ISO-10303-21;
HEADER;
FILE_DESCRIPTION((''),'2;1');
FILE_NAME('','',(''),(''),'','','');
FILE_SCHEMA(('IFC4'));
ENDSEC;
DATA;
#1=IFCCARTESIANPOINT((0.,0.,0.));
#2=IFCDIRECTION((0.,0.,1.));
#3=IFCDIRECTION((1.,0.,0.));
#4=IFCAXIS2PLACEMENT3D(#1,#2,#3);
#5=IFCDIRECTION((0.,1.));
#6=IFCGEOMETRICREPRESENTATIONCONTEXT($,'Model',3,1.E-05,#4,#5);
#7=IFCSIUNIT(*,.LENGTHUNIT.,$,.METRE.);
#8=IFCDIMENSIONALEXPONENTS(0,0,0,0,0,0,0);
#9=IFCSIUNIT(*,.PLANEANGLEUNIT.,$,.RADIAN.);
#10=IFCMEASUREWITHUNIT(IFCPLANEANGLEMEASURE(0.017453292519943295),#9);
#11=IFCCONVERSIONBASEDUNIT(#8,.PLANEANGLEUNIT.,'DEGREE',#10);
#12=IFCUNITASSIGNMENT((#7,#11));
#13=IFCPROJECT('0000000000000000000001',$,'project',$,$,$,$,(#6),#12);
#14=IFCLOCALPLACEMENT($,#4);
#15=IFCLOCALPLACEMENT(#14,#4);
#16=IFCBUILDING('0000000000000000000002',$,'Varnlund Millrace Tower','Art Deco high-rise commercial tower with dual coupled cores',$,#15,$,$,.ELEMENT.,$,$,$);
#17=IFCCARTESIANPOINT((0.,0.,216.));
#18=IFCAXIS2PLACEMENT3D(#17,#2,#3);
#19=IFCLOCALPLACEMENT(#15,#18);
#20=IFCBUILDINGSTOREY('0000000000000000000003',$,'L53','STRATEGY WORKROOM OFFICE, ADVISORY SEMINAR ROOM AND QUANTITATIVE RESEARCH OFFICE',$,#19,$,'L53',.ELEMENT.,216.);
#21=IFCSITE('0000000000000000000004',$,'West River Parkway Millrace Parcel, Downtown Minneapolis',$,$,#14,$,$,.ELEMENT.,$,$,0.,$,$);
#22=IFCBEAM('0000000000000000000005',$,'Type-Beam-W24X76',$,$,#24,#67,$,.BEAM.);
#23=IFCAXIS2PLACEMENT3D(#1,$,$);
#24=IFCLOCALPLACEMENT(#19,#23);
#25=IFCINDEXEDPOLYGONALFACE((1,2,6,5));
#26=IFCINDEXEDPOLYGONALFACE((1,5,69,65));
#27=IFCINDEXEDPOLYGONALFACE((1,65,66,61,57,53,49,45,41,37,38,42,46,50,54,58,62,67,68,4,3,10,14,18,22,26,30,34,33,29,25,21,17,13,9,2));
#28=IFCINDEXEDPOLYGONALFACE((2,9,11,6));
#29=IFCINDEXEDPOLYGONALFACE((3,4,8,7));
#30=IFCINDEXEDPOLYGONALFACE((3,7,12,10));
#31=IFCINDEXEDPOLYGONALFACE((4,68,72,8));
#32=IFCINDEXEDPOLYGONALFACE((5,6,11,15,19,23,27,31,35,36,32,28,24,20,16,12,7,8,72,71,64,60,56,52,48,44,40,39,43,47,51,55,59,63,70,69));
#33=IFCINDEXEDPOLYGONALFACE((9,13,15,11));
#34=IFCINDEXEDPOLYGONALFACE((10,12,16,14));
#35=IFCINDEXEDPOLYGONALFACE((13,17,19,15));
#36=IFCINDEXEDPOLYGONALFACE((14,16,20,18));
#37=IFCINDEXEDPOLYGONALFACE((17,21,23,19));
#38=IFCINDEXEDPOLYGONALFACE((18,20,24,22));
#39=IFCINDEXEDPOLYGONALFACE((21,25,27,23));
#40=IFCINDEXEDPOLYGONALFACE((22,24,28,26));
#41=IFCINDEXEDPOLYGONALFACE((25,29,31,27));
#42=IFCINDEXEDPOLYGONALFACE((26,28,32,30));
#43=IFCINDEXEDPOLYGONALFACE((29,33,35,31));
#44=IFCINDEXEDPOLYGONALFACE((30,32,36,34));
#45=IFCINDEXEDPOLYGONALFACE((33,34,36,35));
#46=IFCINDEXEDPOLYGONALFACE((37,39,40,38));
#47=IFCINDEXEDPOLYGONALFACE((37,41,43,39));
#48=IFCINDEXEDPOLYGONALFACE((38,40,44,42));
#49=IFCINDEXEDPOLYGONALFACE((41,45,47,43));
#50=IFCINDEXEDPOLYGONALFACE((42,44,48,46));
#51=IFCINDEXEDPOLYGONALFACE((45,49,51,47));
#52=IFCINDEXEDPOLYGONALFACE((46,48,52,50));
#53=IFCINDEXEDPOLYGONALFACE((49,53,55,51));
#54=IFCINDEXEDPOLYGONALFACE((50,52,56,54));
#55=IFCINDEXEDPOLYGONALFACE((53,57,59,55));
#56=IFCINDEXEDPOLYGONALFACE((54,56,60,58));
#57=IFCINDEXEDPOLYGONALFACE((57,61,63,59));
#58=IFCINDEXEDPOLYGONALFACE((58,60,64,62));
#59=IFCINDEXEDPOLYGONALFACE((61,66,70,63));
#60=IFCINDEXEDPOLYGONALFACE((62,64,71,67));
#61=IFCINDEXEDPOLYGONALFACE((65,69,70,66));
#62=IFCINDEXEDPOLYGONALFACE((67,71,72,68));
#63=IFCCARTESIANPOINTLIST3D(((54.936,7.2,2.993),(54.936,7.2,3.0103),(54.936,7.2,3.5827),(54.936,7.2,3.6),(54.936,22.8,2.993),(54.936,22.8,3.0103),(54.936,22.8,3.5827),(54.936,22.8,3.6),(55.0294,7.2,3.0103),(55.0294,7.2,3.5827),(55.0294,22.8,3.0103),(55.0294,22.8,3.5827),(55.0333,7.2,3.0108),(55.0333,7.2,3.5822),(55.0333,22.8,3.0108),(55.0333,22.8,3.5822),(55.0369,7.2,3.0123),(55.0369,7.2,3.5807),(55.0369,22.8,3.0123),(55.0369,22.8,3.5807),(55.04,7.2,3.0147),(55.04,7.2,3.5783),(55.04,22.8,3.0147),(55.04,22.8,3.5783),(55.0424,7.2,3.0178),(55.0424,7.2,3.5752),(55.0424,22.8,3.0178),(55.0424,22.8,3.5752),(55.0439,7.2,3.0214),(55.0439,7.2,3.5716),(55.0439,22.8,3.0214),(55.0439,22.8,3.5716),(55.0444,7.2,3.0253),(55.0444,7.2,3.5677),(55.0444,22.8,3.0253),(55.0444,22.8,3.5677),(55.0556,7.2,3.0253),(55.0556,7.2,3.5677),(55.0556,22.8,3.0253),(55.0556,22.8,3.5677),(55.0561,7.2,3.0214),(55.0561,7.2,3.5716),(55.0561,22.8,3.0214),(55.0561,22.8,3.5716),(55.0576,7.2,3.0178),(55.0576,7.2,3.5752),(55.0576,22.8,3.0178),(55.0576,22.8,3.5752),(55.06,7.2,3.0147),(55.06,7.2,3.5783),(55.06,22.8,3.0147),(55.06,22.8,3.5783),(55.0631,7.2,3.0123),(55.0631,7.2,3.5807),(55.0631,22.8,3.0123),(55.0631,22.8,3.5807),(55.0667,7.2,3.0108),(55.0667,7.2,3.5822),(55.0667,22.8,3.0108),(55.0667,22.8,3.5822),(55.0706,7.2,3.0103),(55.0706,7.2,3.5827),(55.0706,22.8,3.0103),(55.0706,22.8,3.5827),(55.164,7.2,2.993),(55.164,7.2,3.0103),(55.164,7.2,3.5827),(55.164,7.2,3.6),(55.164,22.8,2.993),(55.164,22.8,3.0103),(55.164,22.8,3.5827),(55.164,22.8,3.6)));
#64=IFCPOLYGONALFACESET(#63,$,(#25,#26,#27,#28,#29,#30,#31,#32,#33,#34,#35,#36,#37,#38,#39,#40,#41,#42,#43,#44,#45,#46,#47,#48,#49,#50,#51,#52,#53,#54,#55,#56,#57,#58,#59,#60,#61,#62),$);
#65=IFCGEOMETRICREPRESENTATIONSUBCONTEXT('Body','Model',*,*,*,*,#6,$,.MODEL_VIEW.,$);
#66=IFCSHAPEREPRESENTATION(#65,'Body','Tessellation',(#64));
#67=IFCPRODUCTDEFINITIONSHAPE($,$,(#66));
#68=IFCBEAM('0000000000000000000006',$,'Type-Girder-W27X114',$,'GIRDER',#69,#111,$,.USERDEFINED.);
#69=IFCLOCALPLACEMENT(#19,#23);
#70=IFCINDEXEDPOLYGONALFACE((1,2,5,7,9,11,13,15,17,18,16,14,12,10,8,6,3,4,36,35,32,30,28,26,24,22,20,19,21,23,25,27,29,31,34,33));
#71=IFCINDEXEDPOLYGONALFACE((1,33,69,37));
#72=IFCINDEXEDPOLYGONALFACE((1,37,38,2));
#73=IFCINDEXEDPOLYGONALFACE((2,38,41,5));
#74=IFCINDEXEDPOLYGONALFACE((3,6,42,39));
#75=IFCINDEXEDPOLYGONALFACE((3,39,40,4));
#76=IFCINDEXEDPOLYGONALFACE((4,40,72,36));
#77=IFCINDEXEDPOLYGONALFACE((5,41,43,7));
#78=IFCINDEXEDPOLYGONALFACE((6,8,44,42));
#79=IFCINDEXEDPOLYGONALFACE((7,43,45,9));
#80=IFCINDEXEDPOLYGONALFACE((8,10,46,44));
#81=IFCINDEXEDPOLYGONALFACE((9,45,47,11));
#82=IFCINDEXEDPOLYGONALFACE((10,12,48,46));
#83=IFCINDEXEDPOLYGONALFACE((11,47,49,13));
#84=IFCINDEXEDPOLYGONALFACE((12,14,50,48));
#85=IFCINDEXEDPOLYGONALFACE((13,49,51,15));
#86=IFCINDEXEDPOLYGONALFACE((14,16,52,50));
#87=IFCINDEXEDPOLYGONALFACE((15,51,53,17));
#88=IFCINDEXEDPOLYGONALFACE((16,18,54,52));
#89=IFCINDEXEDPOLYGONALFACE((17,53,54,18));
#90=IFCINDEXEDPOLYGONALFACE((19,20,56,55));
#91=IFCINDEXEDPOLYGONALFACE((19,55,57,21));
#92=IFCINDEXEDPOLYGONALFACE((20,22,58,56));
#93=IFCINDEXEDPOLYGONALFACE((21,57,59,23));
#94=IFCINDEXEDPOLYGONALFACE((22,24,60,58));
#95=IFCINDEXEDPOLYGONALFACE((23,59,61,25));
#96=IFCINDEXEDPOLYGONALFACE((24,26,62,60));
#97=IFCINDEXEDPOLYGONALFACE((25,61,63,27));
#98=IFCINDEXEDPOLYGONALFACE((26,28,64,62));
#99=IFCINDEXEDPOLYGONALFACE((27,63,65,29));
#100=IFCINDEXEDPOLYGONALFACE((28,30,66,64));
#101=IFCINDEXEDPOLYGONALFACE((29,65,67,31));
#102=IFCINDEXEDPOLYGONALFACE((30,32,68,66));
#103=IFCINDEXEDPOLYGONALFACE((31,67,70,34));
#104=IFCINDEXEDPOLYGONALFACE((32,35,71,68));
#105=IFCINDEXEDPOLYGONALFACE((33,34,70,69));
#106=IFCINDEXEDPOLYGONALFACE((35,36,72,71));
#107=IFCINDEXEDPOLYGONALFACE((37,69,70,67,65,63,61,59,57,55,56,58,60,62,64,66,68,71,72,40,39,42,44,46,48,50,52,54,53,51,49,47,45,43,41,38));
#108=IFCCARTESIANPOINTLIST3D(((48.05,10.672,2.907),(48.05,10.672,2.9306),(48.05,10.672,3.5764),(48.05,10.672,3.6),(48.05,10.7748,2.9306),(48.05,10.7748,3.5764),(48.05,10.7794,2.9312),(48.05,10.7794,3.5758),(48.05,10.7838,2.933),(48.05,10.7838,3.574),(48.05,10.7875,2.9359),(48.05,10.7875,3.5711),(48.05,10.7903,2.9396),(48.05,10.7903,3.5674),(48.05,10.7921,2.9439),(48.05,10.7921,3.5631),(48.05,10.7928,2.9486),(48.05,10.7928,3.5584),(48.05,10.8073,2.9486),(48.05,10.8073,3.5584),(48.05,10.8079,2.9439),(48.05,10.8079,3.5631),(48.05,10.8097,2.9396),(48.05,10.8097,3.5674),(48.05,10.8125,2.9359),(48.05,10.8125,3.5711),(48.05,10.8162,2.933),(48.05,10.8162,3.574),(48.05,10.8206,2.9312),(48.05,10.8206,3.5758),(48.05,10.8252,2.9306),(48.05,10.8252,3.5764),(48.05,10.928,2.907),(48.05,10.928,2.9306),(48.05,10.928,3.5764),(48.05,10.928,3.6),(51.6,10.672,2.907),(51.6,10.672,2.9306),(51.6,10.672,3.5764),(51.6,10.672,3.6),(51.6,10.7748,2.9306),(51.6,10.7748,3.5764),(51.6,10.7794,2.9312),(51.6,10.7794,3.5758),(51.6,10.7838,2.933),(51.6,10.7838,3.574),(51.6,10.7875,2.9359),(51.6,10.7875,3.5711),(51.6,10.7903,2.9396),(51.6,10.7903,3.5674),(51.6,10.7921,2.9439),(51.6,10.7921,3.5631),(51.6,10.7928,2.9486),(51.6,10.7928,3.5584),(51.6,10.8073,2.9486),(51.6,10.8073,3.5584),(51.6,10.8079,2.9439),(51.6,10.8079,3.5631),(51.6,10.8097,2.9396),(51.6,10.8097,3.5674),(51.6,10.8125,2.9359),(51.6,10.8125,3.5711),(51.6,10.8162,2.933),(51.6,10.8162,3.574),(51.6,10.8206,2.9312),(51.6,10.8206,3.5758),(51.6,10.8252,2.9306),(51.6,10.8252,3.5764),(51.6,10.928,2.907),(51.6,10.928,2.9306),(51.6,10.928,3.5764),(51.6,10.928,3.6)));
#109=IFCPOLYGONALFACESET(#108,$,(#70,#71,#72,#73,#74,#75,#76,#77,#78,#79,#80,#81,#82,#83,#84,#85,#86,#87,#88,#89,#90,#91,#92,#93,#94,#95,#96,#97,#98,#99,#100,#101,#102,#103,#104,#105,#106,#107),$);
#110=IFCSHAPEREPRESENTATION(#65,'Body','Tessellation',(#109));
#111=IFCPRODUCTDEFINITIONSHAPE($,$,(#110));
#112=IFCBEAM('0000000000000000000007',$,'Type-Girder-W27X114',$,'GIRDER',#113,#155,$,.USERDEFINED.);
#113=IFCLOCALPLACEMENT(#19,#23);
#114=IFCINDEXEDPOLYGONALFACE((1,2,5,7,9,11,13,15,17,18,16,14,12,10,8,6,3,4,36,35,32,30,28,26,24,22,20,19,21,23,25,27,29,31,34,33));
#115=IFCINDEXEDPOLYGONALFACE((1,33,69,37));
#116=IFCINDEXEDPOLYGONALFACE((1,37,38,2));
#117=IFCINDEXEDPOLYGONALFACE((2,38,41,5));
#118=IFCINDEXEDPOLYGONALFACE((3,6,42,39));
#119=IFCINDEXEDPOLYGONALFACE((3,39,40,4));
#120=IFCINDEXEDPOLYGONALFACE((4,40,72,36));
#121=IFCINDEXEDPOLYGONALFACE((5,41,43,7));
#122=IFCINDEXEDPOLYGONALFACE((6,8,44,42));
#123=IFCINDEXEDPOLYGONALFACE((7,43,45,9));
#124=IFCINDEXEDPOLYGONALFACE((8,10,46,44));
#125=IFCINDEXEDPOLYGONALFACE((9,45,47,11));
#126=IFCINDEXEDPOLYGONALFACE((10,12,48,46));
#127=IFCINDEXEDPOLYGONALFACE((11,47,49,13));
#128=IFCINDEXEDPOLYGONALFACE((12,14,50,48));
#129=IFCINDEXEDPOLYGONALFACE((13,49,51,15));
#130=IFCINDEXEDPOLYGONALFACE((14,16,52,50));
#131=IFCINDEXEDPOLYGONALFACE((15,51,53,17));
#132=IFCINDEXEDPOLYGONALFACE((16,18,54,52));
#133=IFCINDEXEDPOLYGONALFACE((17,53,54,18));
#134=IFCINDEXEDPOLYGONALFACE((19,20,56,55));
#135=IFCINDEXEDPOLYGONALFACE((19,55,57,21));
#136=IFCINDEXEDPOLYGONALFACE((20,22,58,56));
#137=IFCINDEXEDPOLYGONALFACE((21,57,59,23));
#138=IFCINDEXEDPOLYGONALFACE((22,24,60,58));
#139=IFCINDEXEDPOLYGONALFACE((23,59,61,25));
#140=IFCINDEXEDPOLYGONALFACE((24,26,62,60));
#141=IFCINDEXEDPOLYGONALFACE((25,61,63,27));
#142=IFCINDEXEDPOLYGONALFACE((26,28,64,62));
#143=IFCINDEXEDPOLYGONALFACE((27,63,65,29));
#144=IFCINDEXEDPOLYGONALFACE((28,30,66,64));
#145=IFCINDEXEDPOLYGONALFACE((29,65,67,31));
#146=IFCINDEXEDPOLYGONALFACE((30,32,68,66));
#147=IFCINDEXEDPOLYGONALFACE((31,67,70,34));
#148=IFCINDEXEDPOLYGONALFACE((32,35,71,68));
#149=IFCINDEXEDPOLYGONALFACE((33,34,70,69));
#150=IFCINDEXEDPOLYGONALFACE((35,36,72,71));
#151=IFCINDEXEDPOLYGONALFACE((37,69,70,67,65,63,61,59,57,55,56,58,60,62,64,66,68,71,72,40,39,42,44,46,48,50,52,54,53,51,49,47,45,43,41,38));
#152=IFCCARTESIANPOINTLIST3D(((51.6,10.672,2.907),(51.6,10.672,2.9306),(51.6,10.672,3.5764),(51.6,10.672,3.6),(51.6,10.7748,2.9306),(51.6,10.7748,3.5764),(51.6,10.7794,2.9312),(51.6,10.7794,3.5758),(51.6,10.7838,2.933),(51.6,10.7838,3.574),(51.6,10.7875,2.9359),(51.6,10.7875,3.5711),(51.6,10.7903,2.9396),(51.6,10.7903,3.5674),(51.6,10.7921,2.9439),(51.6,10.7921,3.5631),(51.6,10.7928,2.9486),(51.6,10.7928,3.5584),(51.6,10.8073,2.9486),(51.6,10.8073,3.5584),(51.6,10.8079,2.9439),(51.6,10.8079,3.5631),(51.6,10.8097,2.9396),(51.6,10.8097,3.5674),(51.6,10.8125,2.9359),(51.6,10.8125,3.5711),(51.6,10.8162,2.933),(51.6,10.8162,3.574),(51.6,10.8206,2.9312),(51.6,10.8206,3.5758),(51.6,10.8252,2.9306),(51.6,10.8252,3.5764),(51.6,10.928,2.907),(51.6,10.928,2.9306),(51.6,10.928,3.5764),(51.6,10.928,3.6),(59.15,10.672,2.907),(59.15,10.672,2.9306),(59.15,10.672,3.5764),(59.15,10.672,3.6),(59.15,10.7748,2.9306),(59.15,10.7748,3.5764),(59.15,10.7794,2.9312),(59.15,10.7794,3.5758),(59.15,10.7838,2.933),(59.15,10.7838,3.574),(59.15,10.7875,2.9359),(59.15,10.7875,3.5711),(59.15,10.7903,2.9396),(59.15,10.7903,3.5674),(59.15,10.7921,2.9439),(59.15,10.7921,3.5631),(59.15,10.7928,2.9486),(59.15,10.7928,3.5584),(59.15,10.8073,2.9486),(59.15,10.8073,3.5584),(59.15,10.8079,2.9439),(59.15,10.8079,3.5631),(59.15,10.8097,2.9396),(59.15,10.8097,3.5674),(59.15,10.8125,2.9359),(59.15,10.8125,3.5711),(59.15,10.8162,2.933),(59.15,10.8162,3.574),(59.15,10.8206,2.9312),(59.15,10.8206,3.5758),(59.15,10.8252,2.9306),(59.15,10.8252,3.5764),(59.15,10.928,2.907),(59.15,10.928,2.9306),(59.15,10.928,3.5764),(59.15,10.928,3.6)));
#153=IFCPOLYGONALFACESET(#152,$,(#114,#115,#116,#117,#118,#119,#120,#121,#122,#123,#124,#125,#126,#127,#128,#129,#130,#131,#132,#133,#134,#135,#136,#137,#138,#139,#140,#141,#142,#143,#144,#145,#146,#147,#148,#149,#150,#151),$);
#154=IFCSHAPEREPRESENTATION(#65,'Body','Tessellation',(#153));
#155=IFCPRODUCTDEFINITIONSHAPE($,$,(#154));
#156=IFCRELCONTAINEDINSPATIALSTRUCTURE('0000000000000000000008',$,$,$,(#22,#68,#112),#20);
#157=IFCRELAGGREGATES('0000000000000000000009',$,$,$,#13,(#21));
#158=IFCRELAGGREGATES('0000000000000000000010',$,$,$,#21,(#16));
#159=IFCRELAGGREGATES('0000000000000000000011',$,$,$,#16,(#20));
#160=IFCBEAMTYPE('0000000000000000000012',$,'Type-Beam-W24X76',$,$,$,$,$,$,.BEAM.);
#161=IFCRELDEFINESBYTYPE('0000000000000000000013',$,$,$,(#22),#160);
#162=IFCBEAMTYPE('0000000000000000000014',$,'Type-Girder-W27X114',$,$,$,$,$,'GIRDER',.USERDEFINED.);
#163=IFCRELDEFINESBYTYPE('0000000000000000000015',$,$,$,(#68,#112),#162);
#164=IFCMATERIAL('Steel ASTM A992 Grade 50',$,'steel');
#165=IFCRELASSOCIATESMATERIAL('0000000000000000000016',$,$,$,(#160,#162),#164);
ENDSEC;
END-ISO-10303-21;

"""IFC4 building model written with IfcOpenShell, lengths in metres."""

from ifc_helpers import new_model, entity, si_unit, converted_unit, direction, frame, origin_with_axes, origin_2d_with_axis, place, context, subcontext, project, spatial, i_section, extrude, material, material_profile, profile_set, type_object, element, save


model = new_model("IFC4")

# Units and contexts
model_context = context("Model", 3, precision=1e-05, world=origin_with_axes(), true_north=direction((0.0, 1.0)))
body_context = subcontext(model_context, "Body", "Model", "MODEL_VIEW")
ifc_project = project(units=[si_unit("LENGTHUNIT", "METRE"), converted_unit("PLANEANGLEUNIT", "DEGREE", entity("IfcPlaneAngleMeasure", 0.017453292519943295), si_unit("PLANEANGLEUNIT", "RADIAN"), dimensions=[0, 0, 0, 0, 0, 0, 0])], contexts=[model_context])

# Site, building, storey
site_placement = place(None, origin_with_axes())
site = spatial("IfcSite", under=ifc_project, at=site_placement, Name="West River Parkway Millrace Parcel, Downtown Minneapolis", CompositionType="ELEMENT", RefElevation=0.0)
building_placement = place(site_placement, origin_with_axes())
building = spatial("IfcBuilding", under=site, at=building_placement, Name="Varnlund Millrace Tower", Description="Art Deco high-rise commercial tower with dual coupled cores", CompositionType="ELEMENT")
storey_placement = place(building_placement, frame((0.0, 0.0, 216.0), z_axis=(0.0, 0.0, 1.0), x_axis=(1.0, 0.0, 0.0)))
storey = spatial("IfcBuildingStorey", under=building, at=storey_placement, Name="L53", Description="STRATEGY WORKROOM OFFICE, ADVISORY SEMINAR ROOM AND QUANTITATIVE RESEARCH OFFICE", LongName="L53", CompositionType="ELEMENT", Elevation=216.0)

# Beams
ifc_material_1 = material(Name="Steel ASTM A992 Grade 50", Category="steel")
ifc_material_profile_1 = material_profile(ifc_material_1, i_section(OverallWidth=0.228, OverallDepth=0.607, WebThickness=0.0112, FlangeThickness=0.0173, FilletRadius=0.015, at=origin_2d_with_axis()), Name="Steel ASTM A992 Grade 50")
ifc_profile_set_1 = profile_set([ifc_material_profile_1], Name="Steel ASTM A992 Grade 50")
beam_type_1 = type_object("IfcBeamType", Name="Type-Beam-W24X76", PredefinedType="BEAM", material=ifc_profile_set_1)
beam_1_placement = place(storey_placement, frame((55.05, 7.2, 3.2965), z_axis=(0.0, 1.0, 0.0), x_axis=(-1.0, 0.0, 0.0)))
element("IfcBeam", 1, at=beam_1_placement, inside=storey, type_object=beam_type_1, Name="Type-Beam-W24X76", PredefinedType="BEAM", context=body_context, shape_type="SweptSolid", body=[
    extrude(i_section(OverallWidth=0.228, OverallDepth=0.607, WebThickness=0.0112, FlangeThickness=0.0173, FilletRadius=0.015, at=origin_2d_with_axis()), origin_with_axes(), (0.0, 0.0, 1.0), 15.6),
])
ifc_material_profile_2 = material_profile(ifc_material_1, i_section(OverallWidth=0.256, OverallDepth=0.693, WebThickness=0.0145, FlangeThickness=0.0236, FilletRadius=0.018, at=origin_2d_with_axis()), Name="Steel ASTM A992 Grade 50")
ifc_profile_set_2 = profile_set([ifc_material_profile_2], Name="Steel ASTM A992 Grade 50")
beam_type_2 = type_object("IfcBeamType", Name="Type-Girder-W27X114", ElementType="GIRDER", PredefinedType="USERDEFINED", material=ifc_profile_set_2)
beam_2_placement = place(storey_placement, frame((48.05, 10.8, 3.2535), z_axis=(1.0, 0.0, 0.0), x_axis=(0.0, 1.0, 0.0)))
element("IfcBeam", 2, at=beam_2_placement, inside=storey, type_object=beam_type_2, Name="Type-Girder-W27X114", ObjectType="GIRDER", PredefinedType="USERDEFINED", context=body_context, shape_type="SweptSolid", body=[
    extrude(i_section(OverallWidth=0.256, OverallDepth=0.693, WebThickness=0.0145, FlangeThickness=0.0236, FilletRadius=0.018, at=origin_2d_with_axis()), origin_with_axes(), (0.0, 0.0, 1.0), 3.55),
])
beam_3_placement = place(storey_placement, frame((51.6, 10.8, 3.2535), z_axis=(1.0, 0.0, 0.0), x_axis=(0.0, 1.0, 0.0)))
element("IfcBeam", 3, at=beam_3_placement, inside=storey, type_object=beam_type_2, Name="Type-Girder-W27X114", ObjectType="GIRDER", PredefinedType="USERDEFINED", context=body_context, shape_type="SweptSolid", body=[
    extrude(i_section(OverallWidth=0.256, OverallDepth=0.693, WebThickness=0.0145, FlangeThickness=0.0236, FilletRadius=0.018, at=origin_2d_with_axis()), origin_with_axes(), (0.0, 0.0, 1.0), 7.55),
])

save(model, "model.ifc")
